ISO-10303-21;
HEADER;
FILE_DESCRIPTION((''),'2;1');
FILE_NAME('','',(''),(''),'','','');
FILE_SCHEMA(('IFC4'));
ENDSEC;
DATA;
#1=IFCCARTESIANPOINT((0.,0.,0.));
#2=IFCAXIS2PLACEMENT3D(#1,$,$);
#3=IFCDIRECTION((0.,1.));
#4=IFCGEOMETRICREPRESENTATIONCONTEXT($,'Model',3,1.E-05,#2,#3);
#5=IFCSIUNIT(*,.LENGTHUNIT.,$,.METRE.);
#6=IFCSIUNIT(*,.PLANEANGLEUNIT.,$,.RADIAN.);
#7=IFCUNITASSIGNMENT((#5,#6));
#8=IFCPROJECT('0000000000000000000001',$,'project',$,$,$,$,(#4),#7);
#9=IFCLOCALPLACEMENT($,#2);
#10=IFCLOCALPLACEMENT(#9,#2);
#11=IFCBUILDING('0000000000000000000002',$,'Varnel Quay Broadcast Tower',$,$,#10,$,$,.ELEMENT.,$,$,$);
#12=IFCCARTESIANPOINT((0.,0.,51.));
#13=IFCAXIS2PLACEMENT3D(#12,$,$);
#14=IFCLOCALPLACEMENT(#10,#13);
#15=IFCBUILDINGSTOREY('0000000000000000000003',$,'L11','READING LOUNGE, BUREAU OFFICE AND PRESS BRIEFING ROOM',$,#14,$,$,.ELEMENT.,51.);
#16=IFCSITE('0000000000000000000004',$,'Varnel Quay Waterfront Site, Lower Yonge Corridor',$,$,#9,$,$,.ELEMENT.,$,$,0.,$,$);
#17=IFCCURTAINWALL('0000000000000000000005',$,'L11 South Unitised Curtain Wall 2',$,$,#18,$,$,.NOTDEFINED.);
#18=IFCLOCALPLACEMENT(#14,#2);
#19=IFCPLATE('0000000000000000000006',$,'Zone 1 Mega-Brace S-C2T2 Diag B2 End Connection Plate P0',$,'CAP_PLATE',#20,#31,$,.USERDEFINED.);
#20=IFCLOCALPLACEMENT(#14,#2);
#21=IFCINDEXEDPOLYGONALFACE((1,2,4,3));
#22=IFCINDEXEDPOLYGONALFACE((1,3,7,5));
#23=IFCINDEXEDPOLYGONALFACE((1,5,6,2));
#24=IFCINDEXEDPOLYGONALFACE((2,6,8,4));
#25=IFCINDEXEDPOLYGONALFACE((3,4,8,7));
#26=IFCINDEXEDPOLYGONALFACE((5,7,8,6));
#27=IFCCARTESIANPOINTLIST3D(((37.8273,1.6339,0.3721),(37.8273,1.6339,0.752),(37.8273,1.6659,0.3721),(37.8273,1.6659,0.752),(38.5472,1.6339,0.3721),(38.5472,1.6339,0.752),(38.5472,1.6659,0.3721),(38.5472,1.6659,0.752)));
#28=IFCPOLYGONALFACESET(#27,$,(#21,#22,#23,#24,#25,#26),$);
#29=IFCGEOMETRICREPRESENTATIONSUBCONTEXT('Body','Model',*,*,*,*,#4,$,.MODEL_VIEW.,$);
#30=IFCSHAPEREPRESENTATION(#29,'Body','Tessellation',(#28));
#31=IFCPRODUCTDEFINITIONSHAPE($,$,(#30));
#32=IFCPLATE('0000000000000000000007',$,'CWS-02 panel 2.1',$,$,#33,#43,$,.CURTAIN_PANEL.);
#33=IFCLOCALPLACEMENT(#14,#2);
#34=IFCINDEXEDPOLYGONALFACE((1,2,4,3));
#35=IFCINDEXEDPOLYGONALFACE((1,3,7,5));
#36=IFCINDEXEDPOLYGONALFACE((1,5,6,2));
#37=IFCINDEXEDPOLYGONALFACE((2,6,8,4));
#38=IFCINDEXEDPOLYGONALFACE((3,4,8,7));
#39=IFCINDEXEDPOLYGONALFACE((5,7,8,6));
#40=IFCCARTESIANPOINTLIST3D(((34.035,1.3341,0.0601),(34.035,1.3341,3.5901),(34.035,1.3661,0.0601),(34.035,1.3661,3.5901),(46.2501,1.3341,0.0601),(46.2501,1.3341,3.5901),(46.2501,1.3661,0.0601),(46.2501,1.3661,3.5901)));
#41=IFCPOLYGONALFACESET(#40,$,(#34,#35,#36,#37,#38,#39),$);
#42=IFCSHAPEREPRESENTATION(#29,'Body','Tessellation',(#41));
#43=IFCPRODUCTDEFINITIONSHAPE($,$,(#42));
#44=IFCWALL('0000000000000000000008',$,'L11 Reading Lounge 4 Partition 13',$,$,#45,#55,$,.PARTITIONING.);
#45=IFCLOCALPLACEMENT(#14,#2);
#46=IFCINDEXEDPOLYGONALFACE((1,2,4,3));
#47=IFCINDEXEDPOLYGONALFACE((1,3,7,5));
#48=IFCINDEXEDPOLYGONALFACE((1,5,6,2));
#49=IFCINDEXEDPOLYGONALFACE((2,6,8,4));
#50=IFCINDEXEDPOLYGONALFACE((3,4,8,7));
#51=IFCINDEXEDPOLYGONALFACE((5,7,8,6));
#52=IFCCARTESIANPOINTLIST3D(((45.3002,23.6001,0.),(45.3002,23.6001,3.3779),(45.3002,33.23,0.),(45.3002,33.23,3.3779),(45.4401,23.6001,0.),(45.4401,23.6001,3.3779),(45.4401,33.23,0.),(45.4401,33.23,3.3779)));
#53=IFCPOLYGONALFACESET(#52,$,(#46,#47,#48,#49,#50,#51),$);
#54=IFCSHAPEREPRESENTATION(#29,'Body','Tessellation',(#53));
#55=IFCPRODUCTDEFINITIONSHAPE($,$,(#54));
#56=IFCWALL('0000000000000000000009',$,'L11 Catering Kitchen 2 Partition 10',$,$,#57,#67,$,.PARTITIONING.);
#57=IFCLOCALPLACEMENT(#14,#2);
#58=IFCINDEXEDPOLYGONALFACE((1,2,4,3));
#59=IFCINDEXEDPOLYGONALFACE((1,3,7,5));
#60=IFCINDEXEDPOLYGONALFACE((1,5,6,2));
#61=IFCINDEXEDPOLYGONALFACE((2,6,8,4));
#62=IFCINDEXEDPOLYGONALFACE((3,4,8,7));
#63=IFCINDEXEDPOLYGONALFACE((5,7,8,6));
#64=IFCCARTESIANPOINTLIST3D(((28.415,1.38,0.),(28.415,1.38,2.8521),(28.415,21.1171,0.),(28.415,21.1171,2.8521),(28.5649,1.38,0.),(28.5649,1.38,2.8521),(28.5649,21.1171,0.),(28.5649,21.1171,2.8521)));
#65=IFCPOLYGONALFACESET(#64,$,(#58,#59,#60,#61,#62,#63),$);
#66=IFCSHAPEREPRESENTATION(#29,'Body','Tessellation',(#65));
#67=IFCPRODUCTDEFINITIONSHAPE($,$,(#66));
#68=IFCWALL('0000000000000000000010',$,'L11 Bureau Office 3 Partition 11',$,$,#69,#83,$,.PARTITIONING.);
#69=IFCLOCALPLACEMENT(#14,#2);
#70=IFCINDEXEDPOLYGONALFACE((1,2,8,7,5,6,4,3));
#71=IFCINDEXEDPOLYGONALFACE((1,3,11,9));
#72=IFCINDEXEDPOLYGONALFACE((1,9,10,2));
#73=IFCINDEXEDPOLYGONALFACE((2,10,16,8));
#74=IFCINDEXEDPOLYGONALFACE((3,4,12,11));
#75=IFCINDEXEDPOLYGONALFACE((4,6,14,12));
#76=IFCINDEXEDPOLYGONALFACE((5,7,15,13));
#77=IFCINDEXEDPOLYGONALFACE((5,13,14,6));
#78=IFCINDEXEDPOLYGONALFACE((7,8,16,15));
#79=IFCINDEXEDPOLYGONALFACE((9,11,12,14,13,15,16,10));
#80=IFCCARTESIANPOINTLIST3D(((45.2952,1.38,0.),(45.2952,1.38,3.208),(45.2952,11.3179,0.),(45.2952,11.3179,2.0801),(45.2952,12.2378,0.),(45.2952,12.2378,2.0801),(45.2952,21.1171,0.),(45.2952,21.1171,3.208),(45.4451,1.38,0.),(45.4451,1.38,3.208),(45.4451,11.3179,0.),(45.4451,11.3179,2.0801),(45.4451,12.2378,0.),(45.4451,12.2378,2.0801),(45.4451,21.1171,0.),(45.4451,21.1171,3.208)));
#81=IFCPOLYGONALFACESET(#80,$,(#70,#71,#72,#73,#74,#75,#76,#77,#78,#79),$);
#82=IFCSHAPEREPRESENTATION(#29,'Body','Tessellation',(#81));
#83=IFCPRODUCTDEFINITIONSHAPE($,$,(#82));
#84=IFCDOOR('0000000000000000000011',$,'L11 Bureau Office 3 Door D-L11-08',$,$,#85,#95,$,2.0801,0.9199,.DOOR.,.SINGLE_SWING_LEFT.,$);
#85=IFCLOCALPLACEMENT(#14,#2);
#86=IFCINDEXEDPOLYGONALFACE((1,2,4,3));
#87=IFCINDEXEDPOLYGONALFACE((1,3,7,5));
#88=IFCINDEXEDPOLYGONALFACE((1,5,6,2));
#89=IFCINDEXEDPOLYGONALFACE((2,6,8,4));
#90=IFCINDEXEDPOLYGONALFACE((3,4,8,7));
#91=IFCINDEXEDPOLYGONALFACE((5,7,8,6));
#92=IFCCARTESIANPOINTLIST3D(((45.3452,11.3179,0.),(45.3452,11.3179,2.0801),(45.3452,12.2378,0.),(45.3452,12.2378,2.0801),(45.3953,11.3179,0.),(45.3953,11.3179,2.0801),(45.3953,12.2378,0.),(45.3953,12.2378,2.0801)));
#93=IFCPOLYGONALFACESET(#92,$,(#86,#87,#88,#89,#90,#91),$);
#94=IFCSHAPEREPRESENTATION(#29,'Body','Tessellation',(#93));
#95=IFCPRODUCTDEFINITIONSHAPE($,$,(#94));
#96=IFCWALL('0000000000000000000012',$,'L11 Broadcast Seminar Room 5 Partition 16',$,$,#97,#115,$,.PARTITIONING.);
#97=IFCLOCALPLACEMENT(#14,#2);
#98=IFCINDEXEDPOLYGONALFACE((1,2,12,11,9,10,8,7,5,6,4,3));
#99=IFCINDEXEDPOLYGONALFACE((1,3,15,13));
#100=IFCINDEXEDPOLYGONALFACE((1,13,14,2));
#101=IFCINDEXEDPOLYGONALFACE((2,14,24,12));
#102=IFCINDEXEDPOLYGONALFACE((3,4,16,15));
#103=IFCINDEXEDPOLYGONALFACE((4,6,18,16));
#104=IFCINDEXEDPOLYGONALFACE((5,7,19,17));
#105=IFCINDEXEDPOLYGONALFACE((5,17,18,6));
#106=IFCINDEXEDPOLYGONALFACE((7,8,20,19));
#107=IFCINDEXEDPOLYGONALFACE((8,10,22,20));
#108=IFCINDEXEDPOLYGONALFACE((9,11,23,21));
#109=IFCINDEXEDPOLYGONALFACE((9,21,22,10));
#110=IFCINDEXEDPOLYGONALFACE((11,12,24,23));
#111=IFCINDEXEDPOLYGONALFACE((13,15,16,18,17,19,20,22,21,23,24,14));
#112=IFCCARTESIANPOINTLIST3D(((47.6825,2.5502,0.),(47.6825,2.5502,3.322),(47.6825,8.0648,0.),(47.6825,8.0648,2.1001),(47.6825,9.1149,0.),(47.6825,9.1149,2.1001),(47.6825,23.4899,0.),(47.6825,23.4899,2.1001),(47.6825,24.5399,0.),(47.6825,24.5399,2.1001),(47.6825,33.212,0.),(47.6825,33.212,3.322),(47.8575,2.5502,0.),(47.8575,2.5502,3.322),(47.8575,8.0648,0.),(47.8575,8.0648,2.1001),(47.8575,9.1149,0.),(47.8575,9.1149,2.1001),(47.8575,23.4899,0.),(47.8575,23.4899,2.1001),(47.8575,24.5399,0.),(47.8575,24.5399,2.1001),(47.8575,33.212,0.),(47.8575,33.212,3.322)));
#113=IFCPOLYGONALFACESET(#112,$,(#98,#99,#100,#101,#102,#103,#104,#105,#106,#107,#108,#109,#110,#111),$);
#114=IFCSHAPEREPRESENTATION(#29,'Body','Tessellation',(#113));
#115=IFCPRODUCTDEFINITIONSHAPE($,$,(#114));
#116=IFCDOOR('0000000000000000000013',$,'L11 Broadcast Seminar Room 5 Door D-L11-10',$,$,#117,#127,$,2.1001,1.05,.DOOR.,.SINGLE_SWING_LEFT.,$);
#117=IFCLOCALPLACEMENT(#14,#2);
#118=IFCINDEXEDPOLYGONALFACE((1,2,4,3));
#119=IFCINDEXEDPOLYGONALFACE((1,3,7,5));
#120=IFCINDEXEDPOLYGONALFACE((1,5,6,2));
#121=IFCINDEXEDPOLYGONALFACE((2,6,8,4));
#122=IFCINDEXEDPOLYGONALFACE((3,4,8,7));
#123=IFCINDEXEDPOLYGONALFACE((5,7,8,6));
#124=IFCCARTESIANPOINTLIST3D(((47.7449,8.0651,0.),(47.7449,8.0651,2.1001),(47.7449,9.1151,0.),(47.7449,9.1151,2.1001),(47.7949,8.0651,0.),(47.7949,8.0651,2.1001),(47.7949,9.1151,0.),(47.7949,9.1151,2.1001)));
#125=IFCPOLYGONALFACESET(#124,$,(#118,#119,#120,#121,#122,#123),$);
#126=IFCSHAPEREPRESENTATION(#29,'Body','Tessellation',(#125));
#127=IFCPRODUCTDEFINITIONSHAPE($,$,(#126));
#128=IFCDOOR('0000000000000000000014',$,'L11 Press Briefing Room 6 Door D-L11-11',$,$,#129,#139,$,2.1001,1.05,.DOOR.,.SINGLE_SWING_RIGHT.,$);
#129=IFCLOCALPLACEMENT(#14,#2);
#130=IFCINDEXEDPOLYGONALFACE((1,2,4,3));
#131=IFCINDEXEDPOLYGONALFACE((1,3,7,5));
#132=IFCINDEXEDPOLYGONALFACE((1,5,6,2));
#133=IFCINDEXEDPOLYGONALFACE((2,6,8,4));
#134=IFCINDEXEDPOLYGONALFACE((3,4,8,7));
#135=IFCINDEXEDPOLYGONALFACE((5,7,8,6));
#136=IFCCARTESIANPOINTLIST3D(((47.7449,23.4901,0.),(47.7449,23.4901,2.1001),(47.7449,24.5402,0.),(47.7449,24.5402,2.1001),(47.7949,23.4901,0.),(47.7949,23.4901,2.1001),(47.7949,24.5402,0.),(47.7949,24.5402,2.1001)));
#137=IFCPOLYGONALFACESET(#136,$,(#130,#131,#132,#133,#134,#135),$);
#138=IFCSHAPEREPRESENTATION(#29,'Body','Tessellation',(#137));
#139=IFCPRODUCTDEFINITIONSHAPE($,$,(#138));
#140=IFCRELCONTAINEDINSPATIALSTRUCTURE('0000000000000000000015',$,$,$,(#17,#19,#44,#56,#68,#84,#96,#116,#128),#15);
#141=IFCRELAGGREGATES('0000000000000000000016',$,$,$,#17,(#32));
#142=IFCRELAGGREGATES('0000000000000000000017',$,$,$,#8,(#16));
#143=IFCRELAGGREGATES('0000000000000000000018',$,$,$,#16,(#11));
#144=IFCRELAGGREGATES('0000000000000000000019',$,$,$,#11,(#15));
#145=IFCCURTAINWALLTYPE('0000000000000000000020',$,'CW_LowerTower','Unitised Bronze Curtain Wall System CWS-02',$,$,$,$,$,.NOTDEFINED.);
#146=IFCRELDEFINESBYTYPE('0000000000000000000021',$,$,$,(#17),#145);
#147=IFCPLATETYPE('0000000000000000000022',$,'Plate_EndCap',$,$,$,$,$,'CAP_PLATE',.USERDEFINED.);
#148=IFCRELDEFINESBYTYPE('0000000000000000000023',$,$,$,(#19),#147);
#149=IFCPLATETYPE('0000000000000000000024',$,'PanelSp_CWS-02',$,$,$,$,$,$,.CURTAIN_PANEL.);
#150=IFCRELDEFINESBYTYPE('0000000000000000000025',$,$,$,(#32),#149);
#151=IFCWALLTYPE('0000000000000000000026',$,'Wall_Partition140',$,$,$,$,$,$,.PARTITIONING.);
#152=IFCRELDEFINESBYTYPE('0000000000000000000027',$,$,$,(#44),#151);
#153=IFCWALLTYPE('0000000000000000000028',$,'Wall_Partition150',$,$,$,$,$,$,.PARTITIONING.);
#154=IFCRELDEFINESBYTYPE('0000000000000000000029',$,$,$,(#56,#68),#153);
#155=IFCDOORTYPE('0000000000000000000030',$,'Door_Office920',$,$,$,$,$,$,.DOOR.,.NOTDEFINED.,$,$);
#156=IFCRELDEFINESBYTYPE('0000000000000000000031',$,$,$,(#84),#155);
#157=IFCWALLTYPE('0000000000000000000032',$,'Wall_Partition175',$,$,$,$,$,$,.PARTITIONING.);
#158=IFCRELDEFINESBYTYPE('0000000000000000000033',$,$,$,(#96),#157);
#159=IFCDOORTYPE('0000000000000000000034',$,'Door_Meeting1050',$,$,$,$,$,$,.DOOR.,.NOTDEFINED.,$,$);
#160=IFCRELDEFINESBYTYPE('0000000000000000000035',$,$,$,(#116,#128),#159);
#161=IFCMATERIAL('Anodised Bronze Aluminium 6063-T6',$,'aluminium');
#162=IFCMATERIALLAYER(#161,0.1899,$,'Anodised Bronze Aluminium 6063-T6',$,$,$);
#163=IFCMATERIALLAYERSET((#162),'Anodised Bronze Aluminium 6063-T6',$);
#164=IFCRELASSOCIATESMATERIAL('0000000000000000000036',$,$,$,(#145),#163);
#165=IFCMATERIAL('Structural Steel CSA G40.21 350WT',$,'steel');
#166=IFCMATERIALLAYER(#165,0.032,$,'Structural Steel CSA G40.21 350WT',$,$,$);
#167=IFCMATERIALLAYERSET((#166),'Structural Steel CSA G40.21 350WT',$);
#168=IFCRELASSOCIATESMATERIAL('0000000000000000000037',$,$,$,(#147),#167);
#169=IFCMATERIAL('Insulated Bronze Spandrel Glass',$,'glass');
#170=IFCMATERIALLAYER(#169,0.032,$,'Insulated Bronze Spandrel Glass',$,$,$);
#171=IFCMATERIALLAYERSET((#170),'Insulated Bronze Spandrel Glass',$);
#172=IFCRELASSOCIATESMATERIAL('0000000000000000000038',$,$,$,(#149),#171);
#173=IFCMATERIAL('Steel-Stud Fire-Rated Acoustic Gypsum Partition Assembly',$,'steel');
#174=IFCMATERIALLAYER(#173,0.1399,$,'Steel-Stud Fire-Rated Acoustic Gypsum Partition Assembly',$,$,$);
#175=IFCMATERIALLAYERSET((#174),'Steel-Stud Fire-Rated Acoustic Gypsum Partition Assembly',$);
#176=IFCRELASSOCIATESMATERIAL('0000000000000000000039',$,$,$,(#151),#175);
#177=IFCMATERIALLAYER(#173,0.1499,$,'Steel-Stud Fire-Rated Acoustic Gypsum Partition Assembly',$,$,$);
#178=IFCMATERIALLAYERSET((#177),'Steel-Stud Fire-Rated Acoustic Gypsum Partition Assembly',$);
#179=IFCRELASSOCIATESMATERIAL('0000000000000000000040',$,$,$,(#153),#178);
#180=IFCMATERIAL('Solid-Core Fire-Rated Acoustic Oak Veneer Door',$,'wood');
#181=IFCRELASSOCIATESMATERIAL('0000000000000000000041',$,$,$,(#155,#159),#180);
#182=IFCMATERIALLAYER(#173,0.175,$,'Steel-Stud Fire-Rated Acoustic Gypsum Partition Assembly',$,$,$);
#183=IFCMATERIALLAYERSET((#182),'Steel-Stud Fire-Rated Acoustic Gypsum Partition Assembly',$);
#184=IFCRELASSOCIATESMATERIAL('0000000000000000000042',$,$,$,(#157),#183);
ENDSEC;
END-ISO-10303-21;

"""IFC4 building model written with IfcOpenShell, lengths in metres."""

from ifc_helpers import new_model, si_unit, direction, frame, frame_2d, origin, origin_2d, place, context, subcontext, project, spatial, rectangle, extrude, source, transform, mapped, material, layer, layer_set, type_object, type_shapes, element, fill, aggregate, save


model = new_model("IFC4")

# Units and contexts
model_context = context("Model", 3, precision=1e-05, world=origin(), true_north=direction((0.0, 1.0)))
body_context = subcontext(model_context, "Body", "Model", "MODEL_VIEW")
ifc_project = project(units=[si_unit("LENGTHUNIT", "METRE"), si_unit("PLANEANGLEUNIT", "RADIAN")], contexts=[model_context])

# Site, building, storey
site_placement = place(None, origin())
site = spatial("IfcSite", under=ifc_project, at=site_placement, Name="Varnel Quay Waterfront Site, Lower Yonge Corridor", CompositionType="ELEMENT", RefElevation=0.0)
building_placement = place(site_placement, origin())
building = spatial("IfcBuilding", under=site, at=building_placement, Name="Varnel Quay Broadcast Tower", CompositionType="ELEMENT")
storey_placement = place(building_placement, frame((0.0, 0.0, 51.0)))
storey = spatial("IfcBuildingStorey", under=building, at=storey_placement, Name="L11", Description="READING LOUNGE, BUREAU OFFICE AND PRESS BRIEFING ROOM", CompositionType="ELEMENT", Elevation=51.0)

# Curtain wall
ifc_material_1 = material(Name="Anodised Bronze Aluminium 6063-T6", Category="aluminium")
ifc_layer_1 = layer(ifc_material_1, 0.1899, Name="Anodised Bronze Aluminium 6063-T6")
ifc_layer_set_1 = layer_set([ifc_layer_1], Name="Anodised Bronze Aluminium 6063-T6")
curtain_wall_type = type_object("IfcCurtainWallType", Name="CW_LowerTower", Description="Unitised Bronze Curtain Wall System CWS-02", PredefinedType="NOTDEFINED", material=ifc_layer_set_1)
curtain_wall_placement = place(storey_placement, origin())
curtain_wall = element("IfcCurtainWall", 1, at=curtain_wall_placement, inside=storey, type_object=curtain_wall_type, Name="L11 South Unitised Curtain Wall 2", PredefinedType="NOTDEFINED")

# Plate
ifc_material_2 = material(Name="Structural Steel CSA G40.21 350WT", Category="steel")
ifc_layer_2 = layer(ifc_material_2, 0.032, Name="Structural Steel CSA G40.21 350WT")
ifc_layer_set_2 = layer_set([ifc_layer_2], Name="Structural Steel CSA G40.21 350WT")
plate_type_1 = type_object("IfcPlateType", Name="Plate_EndCap", ElementType="CAP_PLATE", PredefinedType="USERDEFINED", material=ifc_layer_set_2)
shared_shape_1 = source(origin(), body_context, "Body", "SweptSolid", [
    extrude(rectangle(XDim=0.72, YDim=0.032, at=origin_2d()), origin(), (0.0, 0.0, 1.0), 0.3799),
])
type_shapes(plate_type_1, [shared_shape_1])
for number, where, z_axis, x_axis, name in (
    (2, (38.1873, 1.6499, 0.3721), (0.0, 0.0, 1.0), (1.0, 0.0, 0.0), "Zone 1 Mega-Brace S-C2T2 Diag B2 End Connection Plate P0"),
):
    element("IfcPlate", number, at=place(storey_placement, frame(where, z_axis=z_axis, x_axis=x_axis)), inside=storey, type_object=plate_type_1, Name=name, ObjectType="CAP_PLATE", PredefinedType="USERDEFINED", context=body_context, shape_type="MappedRepresentation", body=[
        mapped(shared_shape_1, transform((0.0, 0.0, 0.0), x_axis=(1.0, 0.0, 0.0), y_axis=(0.0, 1.0, 0.0), z_axis=(0.0, 0.0, 1.0), scale=1.0)),
    ])

# Plate
ifc_material_3 = material(Name="Insulated Bronze Spandrel Glass", Category="glass")
ifc_layer_3 = layer(ifc_material_3, 0.032, Name="Insulated Bronze Spandrel Glass")
ifc_layer_set_3 = layer_set([ifc_layer_3], Name="Insulated Bronze Spandrel Glass")
plate_type_2 = type_object("IfcPlateType", Name="PanelSp_CWS-02", PredefinedType="CURTAIN_PANEL", material=ifc_layer_set_3)
shared_shape_2 = source(origin(), body_context, "Body", "SweptSolid", [
    extrude(rectangle(XDim=12.2151, YDim=0.032, at=origin_2d()), origin(), (0.0, 0.0, 1.0), 3.53),
])
type_shapes(plate_type_2, [shared_shape_2])
plate_placement = place(storey_placement, frame((40.1426, 1.3501, 0.0601), z_axis=(0.0, 0.0, 1.0), x_axis=(1.0, 0.0, 0.0)))
plate = element("IfcPlate", 3, at=plate_placement, type_object=plate_type_2, Name="CWS-02 panel 2.1", PredefinedType="CURTAIN_PANEL", context=body_context, shape_type="MappedRepresentation", body=[
    mapped(shared_shape_2, transform((0.0, 0.0, 0.0), x_axis=(1.0, 0.0, 0.0), y_axis=(0.0, 1.0, 0.0), z_axis=(0.0, 0.0, 1.0), scale=1.0)),
])
aggregate(curtain_wall, [plate])

# Walls
ifc_material_4 = material(Name="Steel-Stud Fire-Rated Acoustic Gypsum Partition Assembly", Category="steel")
ifc_layer_4 = layer(ifc_material_4, 0.1399, Name="Steel-Stud Fire-Rated Acoustic Gypsum Partition Assembly")
ifc_layer_set_4 = layer_set([ifc_layer_4], Name="Steel-Stud Fire-Rated Acoustic Gypsum Partition Assembly")
wall_type_1 = type_object("IfcWallType", Name="Wall_Partition140", PredefinedType="PARTITIONING", material=ifc_layer_set_4)
wall_1_placement = place(storey_placement, frame((45.3701, 23.6001, 0.0), z_axis=(0.0, 0.0, 1.0), x_axis=(0.0, 1.0, 0.0)))
element("IfcWall", 4, at=wall_1_placement, inside=storey, type_object=wall_type_1, Name="L11 Reading Lounge 4 Partition 13", PredefinedType="PARTITIONING", context=body_context, shape_type="SweptSolid", body=[
    extrude(rectangle(XDim=9.6299, YDim=0.1399, at=frame_2d((4.8149, 0.0))), origin(), (0.0, 0.0, 1.0), 3.3779),
])
ifc_layer_5 = layer(ifc_material_4, 0.1499, Name="Steel-Stud Fire-Rated Acoustic Gypsum Partition Assembly")
ifc_layer_set_5 = layer_set([ifc_layer_5], Name="Steel-Stud Fire-Rated Acoustic Gypsum Partition Assembly")
wall_type_2 = type_object("IfcWallType", Name="Wall_Partition150", PredefinedType="PARTITIONING", material=ifc_layer_set_5)
wall_2_placement = place(storey_placement, frame((28.49, 1.3799, 0.0), z_axis=(0.0, 0.0, 1.0), x_axis=(0.0, 1.0, 0.0)))
element("IfcWall", 5, at=wall_2_placement, inside=storey, type_object=wall_type_2, Name="L11 Catering Kitchen 2 Partition 10", PredefinedType="PARTITIONING", context=body_context, shape_type="SweptSolid", body=[
    extrude(rectangle(XDim=19.7371, YDim=0.1499, at=frame_2d((9.8687, 0.0))), origin(), (0.0, 0.0, 1.0), 2.8521),
])

# Wall, opening, door
wall_3_placement = place(storey_placement, frame((45.3701, 1.3799, 0.0), z_axis=(0.0, 0.0, 1.0), x_axis=(0.0, 1.0, 0.0)))
wall_3 = element("IfcWall", 6, at=wall_3_placement, inside=storey, type_object=wall_type_2, Name="L11 Bureau Office 3 Partition 11", PredefinedType="PARTITIONING", context=body_context, shape_type="SweptSolid", body=[
    extrude(rectangle(XDim=19.7371, YDim=0.1499, at=frame_2d((9.8687, 0.0))), origin(), (0.0, 0.0, 1.0), 3.208),
])
opening_1_placement = place(wall_3_placement, frame((9.938, 0.0, 0.0)))
opening_1 = element("IfcOpeningElement", 7, at=opening_1_placement, cuts=wall_3, PredefinedType="OPENING", context=body_context, shape_type="SweptSolid", body=[
    extrude(rectangle(XDim=0.9199, YDim=2.0801, at=frame_2d((0.46, 1.04))), frame((0.0, 0.085, 0.0), z_axis=(0.0, -1.0, 0.0), x_axis=(1.0, 0.0, 0.0)), (0.0, 0.0, 1.0), 0.1699),
])
ifc_material_5 = material(Name="Solid-Core Fire-Rated Acoustic Oak Veneer Door", Category="wood")
door_type_1 = type_object("IfcDoorType", Name="Door_Office920", OperationType="NOTDEFINED", PredefinedType="DOOR", material=ifc_material_5)
shared_shape_3 = source(origin(), body_context, "Body", "SweptSolid", [
    extrude(rectangle(XDim=0.9199, YDim=2.0801, at=frame_2d((0.46, 1.04))), frame((0.0, 0.0249, 0.0), z_axis=(0.0, -1.0, 0.0), x_axis=(1.0, 0.0, 0.0)), (0.0, 0.0, 1.0), 0.05),
])
type_shapes(door_type_1, [shared_shape_3])
door_1_placement = place(opening_1_placement, origin())
door_1 = element("IfcDoor", 8, at=door_1_placement, inside=storey, type_object=door_type_1, Name="L11 Bureau Office 3 Door D-L11-08", OperationType="SINGLE_SWING_LEFT", OverallHeight=2.0801, OverallWidth=0.9199, PredefinedType="DOOR", context=body_context, shape_type="MappedRepresentation", body=[
    mapped(shared_shape_3, transform((0.0, 0.0, 0.0), x_axis=(1.0, 0.0, 0.0), y_axis=(0.0, 1.0, 0.0), z_axis=(0.0, 0.0, 1.0), scale=1.0)),
])
fill(opening_1, door_1)

# Wall, openings, doors
ifc_layer_6 = layer(ifc_material_4, 0.175, Name="Steel-Stud Fire-Rated Acoustic Gypsum Partition Assembly")
ifc_layer_set_6 = layer_set([ifc_layer_6], Name="Steel-Stud Fire-Rated Acoustic Gypsum Partition Assembly")
wall_type_3 = type_object("IfcWallType", Name="Wall_Partition175", PredefinedType="PARTITIONING", material=ifc_layer_set_6)
wall_4_placement = place(storey_placement, frame((47.77, 2.55, 0.0), z_axis=(0.0, 0.0, 1.0), x_axis=(0.0, 1.0, 0.0)))
wall_4 = element("IfcWall", 9, at=wall_4_placement, inside=storey, type_object=wall_type_3, Name="L11 Broadcast Seminar Room 5 Partition 16", PredefinedType="PARTITIONING", context=body_context, shape_type="SweptSolid", body=[
    extrude(rectangle(XDim=30.6619, YDim=0.175, at=frame_2d((15.3311, 0.0))), origin(), (0.0, 0.0, 1.0), 3.322),
])
opening_2_placement = place(wall_4_placement, frame((5.5149, 0.0, 0.0)))
opening_2 = element("IfcOpeningElement", 10, at=opening_2_placement, cuts=wall_4, PredefinedType="OPENING", context=body_context, shape_type="SweptSolid", body=[
    extrude(rectangle(XDim=1.05, YDim=2.1001, at=frame_2d((0.5249, 1.05))), frame((0.0, 0.0977, 0.0), z_axis=(0.0, -1.0, 0.0), x_axis=(1.0, 0.0, 0.0)), (0.0, 0.0, 1.0), 0.1951),
])
opening_3_placement = place(wall_4_placement, frame((20.9399, 0.0, 0.0)))
opening_3 = element("IfcOpeningElement", 11, at=opening_3_placement, cuts=wall_4, PredefinedType="OPENING", context=body_context, shape_type="SweptSolid", body=[
    extrude(rectangle(XDim=1.05, YDim=2.1001, at=frame_2d((0.5249, 1.05))), frame((0.0, 0.0977, 0.0), z_axis=(0.0, -1.0, 0.0), x_axis=(1.0, 0.0, 0.0)), (0.0, 0.0, 1.0), 0.1951),
])
door_type_2 = type_object("IfcDoorType", Name="Door_Meeting1050", OperationType="NOTDEFINED", PredefinedType="DOOR", material=ifc_material_5)
shared_shape_4 = source(origin(), body_context, "Body", "SweptSolid", [
    extrude(rectangle(XDim=1.05, YDim=2.1001, at=frame_2d((0.5249, 1.05))), frame((0.0, 0.0249, 0.0), z_axis=(0.0, -1.0, 0.0), x_axis=(1.0, 0.0, 0.0)), (0.0, 0.0, 1.0), 0.05),
])
type_shapes(door_type_2, [shared_shape_4])
door_2_placement = place(opening_2_placement, frame((1.05, 0.0, 0.0), z_axis=(0.0, 0.0, 1.0), x_axis=(-1.0, 0.0, 0.0)))
door_2 = element("IfcDoor", 12, at=door_2_placement, inside=storey, type_object=door_type_2, Name="L11 Broadcast Seminar Room 5 Door D-L11-10", OperationType="SINGLE_SWING_LEFT", OverallHeight=2.1001, OverallWidth=1.05, PredefinedType="DOOR", context=body_context, shape_type="MappedRepresentation", body=[
    mapped(shared_shape_4, transform((0.0, 0.0, 0.0), x_axis=(1.0, 0.0, 0.0), y_axis=(0.0, 1.0, 0.0), z_axis=(0.0, 0.0, 1.0), scale=1.0)),
])
fill(opening_2, door_2)
door_3_placement = place(opening_3_placement, frame((1.05, 0.0, 0.0), z_axis=(0.0, 0.0, 1.0), x_axis=(-1.0, 0.0, 0.0)))
door_3 = element("IfcDoor", 13, at=door_3_placement, inside=storey, type_object=door_type_2, Name="L11 Press Briefing Room 6 Door D-L11-11", OperationType="SINGLE_SWING_RIGHT", OverallHeight=2.1001, OverallWidth=1.05, PredefinedType="DOOR", context=body_context, shape_type="MappedRepresentation", body=[
    mapped(shared_shape_4, transform((0.0, 0.0, 0.0), x_axis=(1.0, 0.0, 0.0), y_axis=(0.0, 1.0, 0.0), z_axis=(0.0, 0.0, 1.0), scale=1.0)),
])
fill(opening_3, door_3)

save(model, "model.ifc")
